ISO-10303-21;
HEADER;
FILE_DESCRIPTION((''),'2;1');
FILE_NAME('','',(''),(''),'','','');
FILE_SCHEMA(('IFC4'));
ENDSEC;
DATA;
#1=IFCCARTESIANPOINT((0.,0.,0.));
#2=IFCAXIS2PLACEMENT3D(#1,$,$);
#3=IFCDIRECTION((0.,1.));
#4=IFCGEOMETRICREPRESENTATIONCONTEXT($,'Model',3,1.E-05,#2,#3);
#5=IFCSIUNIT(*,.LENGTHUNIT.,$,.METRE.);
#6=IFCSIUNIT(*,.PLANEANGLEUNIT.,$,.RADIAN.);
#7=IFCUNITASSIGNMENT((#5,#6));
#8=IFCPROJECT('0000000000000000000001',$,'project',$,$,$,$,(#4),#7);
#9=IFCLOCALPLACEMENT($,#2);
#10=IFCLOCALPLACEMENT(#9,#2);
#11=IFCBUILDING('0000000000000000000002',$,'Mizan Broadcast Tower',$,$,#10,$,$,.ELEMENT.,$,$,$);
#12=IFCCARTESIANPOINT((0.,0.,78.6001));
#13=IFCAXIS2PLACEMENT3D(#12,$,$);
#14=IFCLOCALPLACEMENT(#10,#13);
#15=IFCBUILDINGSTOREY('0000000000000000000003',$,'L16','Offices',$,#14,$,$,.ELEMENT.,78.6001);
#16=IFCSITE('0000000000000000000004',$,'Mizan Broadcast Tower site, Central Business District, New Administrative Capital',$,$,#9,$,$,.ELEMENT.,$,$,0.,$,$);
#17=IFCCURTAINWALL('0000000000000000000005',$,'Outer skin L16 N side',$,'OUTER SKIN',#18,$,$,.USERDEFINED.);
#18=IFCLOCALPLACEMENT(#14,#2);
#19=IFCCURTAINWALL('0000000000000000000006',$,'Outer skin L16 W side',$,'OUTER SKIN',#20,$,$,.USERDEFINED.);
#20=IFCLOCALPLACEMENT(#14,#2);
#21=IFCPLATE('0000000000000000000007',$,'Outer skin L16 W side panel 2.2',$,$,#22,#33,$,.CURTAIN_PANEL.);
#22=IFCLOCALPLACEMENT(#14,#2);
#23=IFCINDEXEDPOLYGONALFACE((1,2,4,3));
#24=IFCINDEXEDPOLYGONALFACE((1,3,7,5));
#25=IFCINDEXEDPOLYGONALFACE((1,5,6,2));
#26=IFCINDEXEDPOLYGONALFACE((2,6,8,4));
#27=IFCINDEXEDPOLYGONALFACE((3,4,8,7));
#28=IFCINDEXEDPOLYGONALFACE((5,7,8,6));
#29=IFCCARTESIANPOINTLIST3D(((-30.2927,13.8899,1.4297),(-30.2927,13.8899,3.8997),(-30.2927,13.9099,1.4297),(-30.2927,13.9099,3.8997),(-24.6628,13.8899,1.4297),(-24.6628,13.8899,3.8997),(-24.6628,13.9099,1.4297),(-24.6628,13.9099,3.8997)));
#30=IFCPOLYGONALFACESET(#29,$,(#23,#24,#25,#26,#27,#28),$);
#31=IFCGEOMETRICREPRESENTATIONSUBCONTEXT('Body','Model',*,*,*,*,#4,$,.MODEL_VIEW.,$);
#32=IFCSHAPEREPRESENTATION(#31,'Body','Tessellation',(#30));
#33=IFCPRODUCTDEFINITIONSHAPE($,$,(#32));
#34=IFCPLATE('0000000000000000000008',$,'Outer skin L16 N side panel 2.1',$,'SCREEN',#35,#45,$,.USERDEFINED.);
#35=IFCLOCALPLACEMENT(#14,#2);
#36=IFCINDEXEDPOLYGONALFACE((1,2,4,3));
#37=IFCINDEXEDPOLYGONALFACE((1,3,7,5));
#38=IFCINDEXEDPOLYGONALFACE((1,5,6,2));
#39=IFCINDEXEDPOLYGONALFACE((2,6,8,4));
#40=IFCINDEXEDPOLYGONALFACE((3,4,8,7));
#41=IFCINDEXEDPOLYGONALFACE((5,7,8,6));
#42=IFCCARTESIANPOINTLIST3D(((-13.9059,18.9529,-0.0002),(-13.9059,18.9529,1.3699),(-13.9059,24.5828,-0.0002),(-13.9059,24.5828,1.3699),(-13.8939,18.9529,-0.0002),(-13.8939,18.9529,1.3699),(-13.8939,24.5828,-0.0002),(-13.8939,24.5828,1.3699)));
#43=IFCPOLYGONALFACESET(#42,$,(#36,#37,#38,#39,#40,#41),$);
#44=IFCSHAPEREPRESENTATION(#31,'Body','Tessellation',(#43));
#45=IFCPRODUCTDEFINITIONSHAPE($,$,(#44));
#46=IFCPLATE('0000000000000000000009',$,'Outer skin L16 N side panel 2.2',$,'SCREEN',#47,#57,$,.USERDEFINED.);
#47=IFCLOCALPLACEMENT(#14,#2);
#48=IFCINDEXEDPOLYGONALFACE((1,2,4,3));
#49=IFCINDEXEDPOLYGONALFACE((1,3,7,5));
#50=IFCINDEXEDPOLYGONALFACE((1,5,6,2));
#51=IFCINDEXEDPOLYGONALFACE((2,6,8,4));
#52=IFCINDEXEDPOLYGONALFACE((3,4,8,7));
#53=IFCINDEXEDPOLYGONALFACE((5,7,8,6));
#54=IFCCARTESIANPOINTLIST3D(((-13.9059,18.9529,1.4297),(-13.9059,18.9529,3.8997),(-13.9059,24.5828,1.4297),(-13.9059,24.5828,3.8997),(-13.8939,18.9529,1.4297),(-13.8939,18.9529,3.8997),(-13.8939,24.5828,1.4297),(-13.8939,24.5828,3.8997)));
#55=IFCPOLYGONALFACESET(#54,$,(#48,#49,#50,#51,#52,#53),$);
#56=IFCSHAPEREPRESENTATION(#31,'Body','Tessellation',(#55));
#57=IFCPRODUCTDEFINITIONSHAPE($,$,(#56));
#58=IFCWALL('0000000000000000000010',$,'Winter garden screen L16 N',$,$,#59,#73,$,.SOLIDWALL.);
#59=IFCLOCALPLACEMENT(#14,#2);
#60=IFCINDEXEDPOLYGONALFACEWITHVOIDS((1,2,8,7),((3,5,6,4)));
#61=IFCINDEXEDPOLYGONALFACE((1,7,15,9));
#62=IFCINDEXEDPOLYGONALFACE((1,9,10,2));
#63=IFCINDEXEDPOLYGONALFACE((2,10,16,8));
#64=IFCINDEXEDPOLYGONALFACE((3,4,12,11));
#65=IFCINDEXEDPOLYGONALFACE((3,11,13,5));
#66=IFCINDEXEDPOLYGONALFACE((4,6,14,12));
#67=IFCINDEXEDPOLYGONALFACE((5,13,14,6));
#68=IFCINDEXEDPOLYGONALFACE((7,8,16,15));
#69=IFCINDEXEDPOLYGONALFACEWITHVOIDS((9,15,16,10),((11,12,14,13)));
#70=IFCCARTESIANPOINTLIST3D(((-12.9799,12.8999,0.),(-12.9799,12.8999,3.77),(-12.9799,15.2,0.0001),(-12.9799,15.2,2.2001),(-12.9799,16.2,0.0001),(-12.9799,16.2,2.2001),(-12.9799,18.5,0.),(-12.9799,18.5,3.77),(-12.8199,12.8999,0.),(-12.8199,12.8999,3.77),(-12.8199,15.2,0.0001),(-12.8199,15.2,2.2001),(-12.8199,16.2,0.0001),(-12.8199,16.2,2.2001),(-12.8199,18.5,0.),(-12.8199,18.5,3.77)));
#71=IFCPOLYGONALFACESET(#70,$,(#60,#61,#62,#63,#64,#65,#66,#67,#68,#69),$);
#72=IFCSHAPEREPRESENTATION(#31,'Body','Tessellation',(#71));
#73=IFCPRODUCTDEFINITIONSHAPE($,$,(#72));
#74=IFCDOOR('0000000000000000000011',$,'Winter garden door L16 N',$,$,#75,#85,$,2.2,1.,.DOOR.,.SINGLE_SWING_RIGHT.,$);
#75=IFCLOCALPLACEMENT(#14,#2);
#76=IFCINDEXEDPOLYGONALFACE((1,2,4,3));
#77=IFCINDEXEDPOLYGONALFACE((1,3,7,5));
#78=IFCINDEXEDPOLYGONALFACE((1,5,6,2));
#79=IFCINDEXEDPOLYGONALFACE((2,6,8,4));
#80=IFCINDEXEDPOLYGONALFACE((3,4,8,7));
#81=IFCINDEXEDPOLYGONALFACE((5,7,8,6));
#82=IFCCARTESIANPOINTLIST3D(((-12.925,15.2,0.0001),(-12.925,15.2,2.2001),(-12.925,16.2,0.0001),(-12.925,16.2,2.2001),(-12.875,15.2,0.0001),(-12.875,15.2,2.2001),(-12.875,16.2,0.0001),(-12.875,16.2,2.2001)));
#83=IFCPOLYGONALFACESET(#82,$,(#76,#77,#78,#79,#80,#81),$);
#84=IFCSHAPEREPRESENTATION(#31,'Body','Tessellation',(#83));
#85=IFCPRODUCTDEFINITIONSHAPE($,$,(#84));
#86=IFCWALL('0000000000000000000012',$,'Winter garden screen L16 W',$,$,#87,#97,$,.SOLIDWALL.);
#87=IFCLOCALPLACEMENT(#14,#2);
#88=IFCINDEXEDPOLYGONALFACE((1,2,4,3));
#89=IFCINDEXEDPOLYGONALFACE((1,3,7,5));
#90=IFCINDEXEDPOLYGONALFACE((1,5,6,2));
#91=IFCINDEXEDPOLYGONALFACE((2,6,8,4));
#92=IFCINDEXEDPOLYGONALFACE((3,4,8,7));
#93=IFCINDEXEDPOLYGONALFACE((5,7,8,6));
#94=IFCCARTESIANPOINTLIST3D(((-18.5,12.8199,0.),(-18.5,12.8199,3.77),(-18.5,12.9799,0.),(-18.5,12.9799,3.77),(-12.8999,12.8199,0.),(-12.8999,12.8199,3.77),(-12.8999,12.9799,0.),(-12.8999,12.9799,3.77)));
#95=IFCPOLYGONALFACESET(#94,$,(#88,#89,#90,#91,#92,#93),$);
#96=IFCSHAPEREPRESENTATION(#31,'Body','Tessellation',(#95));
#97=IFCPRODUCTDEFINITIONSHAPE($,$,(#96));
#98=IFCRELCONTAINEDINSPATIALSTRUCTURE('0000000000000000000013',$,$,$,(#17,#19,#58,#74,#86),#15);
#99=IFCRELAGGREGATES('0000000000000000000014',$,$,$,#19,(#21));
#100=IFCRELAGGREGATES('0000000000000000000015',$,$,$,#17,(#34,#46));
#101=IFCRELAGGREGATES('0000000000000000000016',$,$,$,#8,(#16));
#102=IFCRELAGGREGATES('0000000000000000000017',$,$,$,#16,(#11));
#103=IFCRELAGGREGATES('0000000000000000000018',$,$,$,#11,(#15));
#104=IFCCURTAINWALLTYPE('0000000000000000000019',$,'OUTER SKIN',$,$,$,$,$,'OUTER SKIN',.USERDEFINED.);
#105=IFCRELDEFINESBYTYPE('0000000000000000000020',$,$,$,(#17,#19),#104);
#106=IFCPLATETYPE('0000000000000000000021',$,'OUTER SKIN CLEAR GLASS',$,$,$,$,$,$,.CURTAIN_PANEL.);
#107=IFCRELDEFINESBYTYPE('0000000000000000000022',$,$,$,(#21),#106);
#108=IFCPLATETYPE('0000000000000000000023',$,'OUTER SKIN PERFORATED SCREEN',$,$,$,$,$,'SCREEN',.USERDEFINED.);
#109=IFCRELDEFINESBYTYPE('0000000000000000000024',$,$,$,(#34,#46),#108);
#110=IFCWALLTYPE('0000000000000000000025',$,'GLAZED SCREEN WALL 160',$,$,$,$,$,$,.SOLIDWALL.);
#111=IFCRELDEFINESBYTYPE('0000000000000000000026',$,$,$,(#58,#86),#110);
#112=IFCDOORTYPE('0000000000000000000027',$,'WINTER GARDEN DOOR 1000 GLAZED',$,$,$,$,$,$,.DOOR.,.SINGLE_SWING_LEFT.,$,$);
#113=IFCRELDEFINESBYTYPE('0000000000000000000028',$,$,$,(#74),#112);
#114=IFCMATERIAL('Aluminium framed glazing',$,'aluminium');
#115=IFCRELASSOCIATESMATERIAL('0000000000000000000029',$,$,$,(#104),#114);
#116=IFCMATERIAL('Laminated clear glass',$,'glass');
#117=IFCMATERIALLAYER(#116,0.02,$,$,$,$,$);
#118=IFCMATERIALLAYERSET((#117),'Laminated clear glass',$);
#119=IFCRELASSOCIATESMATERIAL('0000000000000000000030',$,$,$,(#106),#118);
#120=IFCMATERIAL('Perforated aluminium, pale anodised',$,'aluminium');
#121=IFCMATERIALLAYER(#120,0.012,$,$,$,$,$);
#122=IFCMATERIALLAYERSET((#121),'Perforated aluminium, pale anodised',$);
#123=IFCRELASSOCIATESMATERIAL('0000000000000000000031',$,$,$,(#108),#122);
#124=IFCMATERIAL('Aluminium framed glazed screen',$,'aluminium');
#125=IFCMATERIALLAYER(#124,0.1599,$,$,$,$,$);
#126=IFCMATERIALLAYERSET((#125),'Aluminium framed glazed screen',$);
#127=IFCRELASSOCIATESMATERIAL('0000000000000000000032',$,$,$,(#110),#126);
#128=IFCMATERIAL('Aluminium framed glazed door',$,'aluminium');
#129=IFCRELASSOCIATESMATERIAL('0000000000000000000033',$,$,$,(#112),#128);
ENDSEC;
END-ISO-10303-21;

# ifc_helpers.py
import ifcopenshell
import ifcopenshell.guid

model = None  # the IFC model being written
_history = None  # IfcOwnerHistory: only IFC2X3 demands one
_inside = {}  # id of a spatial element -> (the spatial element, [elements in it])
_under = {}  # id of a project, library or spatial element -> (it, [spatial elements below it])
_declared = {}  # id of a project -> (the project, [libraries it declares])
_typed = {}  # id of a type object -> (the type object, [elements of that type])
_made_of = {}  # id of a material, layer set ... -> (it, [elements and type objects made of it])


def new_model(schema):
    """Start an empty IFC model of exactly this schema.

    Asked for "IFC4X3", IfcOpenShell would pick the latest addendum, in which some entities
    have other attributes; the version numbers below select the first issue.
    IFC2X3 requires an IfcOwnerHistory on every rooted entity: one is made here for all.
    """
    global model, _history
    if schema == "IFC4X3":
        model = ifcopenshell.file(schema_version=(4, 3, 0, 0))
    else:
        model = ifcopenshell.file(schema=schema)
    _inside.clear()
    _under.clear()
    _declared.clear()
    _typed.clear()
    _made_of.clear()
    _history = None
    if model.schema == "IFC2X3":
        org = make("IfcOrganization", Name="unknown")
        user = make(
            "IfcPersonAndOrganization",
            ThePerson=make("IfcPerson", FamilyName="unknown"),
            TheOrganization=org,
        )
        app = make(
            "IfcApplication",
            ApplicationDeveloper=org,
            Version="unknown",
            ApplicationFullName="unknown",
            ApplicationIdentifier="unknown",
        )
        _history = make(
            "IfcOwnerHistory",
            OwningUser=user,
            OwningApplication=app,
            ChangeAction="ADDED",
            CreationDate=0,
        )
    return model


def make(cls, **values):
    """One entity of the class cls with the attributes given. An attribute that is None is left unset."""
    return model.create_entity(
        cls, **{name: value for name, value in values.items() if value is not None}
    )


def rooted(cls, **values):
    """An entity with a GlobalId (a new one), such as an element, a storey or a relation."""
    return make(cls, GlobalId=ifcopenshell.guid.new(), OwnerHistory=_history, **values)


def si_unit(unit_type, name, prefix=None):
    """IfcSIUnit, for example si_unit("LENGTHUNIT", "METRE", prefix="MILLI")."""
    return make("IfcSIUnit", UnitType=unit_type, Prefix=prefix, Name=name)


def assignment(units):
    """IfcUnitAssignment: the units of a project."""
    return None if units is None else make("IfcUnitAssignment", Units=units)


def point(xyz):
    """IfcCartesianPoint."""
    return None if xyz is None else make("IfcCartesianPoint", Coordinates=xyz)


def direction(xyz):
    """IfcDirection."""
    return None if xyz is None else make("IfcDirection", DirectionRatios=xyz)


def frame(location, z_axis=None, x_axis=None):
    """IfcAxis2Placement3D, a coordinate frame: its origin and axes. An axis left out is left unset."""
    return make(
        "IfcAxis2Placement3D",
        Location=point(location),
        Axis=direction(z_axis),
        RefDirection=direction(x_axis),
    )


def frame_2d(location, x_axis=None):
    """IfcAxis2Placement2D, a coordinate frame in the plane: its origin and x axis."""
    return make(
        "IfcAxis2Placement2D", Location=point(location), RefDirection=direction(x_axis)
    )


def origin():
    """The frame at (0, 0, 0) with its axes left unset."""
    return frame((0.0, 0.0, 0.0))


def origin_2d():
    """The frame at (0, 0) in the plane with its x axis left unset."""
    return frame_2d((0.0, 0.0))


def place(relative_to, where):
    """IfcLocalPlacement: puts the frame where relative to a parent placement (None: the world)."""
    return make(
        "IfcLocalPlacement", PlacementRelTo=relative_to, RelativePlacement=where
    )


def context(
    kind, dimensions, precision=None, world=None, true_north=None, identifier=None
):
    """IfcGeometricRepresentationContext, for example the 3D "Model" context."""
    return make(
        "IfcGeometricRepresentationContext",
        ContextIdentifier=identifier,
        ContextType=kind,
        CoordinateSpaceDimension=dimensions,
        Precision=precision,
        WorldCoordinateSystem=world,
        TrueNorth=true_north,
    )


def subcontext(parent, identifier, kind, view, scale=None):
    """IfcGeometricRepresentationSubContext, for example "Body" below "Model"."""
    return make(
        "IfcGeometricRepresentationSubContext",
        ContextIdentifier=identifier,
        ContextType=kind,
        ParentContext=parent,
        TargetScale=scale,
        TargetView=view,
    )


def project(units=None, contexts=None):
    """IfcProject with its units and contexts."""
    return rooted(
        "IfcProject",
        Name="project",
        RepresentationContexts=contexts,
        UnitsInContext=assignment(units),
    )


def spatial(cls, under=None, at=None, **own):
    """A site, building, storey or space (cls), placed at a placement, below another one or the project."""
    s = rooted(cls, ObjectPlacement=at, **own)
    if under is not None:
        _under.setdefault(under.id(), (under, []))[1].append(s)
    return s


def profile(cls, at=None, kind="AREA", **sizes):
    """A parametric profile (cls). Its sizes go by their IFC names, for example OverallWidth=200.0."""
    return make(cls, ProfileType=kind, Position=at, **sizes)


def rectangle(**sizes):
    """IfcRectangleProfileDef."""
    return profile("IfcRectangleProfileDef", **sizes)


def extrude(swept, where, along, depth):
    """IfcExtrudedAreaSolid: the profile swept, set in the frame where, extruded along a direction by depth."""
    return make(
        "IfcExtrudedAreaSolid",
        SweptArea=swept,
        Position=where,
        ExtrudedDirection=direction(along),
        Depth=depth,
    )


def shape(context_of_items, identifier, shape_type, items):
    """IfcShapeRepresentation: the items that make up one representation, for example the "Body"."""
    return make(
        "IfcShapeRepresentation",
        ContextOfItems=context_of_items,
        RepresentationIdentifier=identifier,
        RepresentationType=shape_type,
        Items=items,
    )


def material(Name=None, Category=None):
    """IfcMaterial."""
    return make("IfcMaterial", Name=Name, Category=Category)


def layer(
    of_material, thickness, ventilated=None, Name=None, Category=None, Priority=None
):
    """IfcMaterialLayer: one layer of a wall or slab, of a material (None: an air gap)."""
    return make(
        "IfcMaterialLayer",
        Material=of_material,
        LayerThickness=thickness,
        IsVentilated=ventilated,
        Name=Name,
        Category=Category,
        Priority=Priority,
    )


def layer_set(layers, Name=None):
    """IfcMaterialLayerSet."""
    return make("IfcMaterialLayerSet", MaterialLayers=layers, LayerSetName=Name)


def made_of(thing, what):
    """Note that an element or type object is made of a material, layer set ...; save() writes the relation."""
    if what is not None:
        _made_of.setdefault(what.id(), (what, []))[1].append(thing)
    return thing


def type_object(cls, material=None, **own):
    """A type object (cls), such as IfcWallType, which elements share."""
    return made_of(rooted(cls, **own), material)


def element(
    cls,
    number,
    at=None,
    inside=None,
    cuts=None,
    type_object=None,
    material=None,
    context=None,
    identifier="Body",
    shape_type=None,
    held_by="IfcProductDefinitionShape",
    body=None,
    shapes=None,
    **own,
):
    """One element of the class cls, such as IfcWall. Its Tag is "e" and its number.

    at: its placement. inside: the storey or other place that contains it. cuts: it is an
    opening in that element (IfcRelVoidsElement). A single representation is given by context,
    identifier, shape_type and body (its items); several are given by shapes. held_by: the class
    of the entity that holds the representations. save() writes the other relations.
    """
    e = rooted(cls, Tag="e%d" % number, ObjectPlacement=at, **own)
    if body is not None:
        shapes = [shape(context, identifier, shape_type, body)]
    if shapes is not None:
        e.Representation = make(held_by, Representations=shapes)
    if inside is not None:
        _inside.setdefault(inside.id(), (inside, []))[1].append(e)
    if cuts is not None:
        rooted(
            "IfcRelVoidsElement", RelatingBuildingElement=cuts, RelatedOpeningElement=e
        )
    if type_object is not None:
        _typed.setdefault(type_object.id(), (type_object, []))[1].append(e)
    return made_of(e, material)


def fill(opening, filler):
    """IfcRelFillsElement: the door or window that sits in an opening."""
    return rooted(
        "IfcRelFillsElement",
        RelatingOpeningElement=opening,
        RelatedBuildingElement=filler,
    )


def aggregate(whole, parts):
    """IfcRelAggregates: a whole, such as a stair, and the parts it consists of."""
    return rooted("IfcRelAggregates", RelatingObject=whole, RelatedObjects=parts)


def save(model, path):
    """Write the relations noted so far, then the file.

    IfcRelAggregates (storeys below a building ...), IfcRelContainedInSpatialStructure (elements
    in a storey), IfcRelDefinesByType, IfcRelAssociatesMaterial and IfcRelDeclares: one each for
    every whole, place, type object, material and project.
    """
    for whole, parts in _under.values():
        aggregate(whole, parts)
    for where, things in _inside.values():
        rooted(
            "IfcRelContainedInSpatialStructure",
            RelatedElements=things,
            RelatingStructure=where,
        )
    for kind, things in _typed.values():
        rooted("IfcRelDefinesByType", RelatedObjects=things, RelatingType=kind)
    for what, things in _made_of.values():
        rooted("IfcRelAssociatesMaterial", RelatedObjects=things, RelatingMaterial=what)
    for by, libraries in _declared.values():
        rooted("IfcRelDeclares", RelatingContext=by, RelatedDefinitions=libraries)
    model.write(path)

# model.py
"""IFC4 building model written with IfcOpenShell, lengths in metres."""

from ifc_helpers import new_model, si_unit, direction, frame, frame_2d, origin, origin_2d, place, context, subcontext, project, spatial, rectangle, extrude, material, layer, layer_set, type_object, element, fill, aggregate, save


model = new_model("IFC4")

# Units and contexts
model_context = context("Model", 3, precision=1e-05, world=origin(), true_north=direction((0.0, 1.0)))
body_context = subcontext(model_context, "Body", "Model", "MODEL_VIEW")
ifc_project = project(units=[si_unit("LENGTHUNIT", "METRE"), si_unit("PLANEANGLEUNIT", "RADIAN")], contexts=[model_context])

# Site, building, storey
site_placement = place(None, origin())
site = spatial("IfcSite", under=ifc_project, at=site_placement, Name="Mizan Broadcast Tower site, Central Business District, New Administrative Capital", CompositionType="ELEMENT", RefElevation=0.0)
building_placement = place(site_placement, origin())
building = spatial("IfcBuilding", under=site, at=building_placement, Name="Mizan Broadcast Tower", CompositionType="ELEMENT")
storey_placement = place(building_placement, frame((0.0, 0.0, 78.6001)))
storey = spatial("IfcBuildingStorey", under=building, at=storey_placement, Name="L16", Description="Offices", CompositionType="ELEMENT", Elevation=78.6001)

# Shared definitions
ifc_material_1 = material(Name="Aluminium framed glazing", Category="aluminium")
curtain_wall_type_1 = type_object("IfcCurtainWallType", Name="OUTER SKIN", ElementType="OUTER SKIN", PredefinedType="USERDEFINED", material=ifc_material_1)

# Curtain wall
curtain_wall_1_placement = place(storey_placement, origin())
curtain_wall_1 = element("IfcCurtainWall", 1, at=curtain_wall_1_placement, inside=storey, type_object=curtain_wall_type_1, Name="Outer skin L16 N side", ObjectType="OUTER SKIN", PredefinedType="USERDEFINED")

# Curtain wall
curtain_wall_2_placement = place(storey_placement, origin())
curtain_wall_2 = element("IfcCurtainWall", 2, at=curtain_wall_2_placement, inside=storey, type_object=curtain_wall_type_1, Name="Outer skin L16 W side", ObjectType="OUTER SKIN", PredefinedType="USERDEFINED")

# Plates
ifc_material_2 = material(Name="Laminated clear glass", Category="glass")
ifc_layer_1 = layer(ifc_material_2, 0.02)
ifc_layer_set_1 = layer_set([ifc_layer_1], Name="Laminated clear glass")
plate_type_1 = type_object("IfcPlateType", Name="OUTER SKIN CLEAR GLASS", PredefinedType="CURTAIN_PANEL", material=ifc_layer_set_1)
plate_1_placement = place(storey_placement, frame((-27.4778, 13.8999, 1.4297), z_axis=(0.0, 0.0, 1.0), x_axis=(-1.0, 0.0, 0.0)))
plate_1 = element("IfcPlate", 3, at=plate_1_placement, type_object=plate_type_1, Name="Outer skin L16 W side panel 2.2", PredefinedType="CURTAIN_PANEL", context=body_context, shape_type="SweptSolid", body=[
    extrude(rectangle(XDim=5.6299, YDim=0.02, at=origin_2d()), origin(), (0.0, 0.0, 1.0), 2.47),
])
aggregate(curtain_wall_2, [plate_1])
ifc_material_3 = material(Name="Perforated aluminium, pale anodised", Category="aluminium")
ifc_layer_2 = layer(ifc_material_3, 0.012)
ifc_layer_set_2 = layer_set([ifc_layer_2], Name="Perforated aluminium, pale anodised")
plate_type_2 = type_object("IfcPlateType", Name="OUTER SKIN PERFORATED SCREEN", ElementType="SCREEN", PredefinedType="USERDEFINED", material=ifc_layer_set_2)
plate_2_placement = place(storey_placement, frame((-13.8999, 21.7678, -0.0002), z_axis=(0.0, 0.0, 1.0), x_axis=(0.0, -1.0, 0.0)))
plate_2 = element("IfcPlate", 4, at=plate_2_placement, type_object=plate_type_2, Name="Outer skin L16 N side panel 2.1", ObjectType="SCREEN", PredefinedType="USERDEFINED", context=body_context, shape_type="SweptSolid", body=[
    extrude(rectangle(XDim=5.6299, YDim=0.012, at=origin_2d()), origin(), (0.0, 0.0, 1.0), 1.3701),
])
plate_3_placement = place(storey_placement, frame((-13.8999, 21.7678, 1.4297), z_axis=(0.0, 0.0, 1.0), x_axis=(0.0, -1.0, 0.0)))
plate_3 = element("IfcPlate", 5, at=plate_3_placement, type_object=plate_type_2, Name="Outer skin L16 N side panel 2.2", ObjectType="SCREEN", PredefinedType="USERDEFINED", context=body_context, shape_type="SweptSolid", body=[
    extrude(rectangle(XDim=5.6299, YDim=0.012, at=origin_2d()), origin(), (0.0, 0.0, 1.0), 2.47),
])
aggregate(curtain_wall_1, [plate_2, plate_3])

# Wall, opening, door
ifc_material_4 = material(Name="Aluminium framed glazed screen", Category="aluminium")
ifc_layer_3 = layer(ifc_material_4, 0.1599)
ifc_layer_set_3 = layer_set([ifc_layer_3], Name="Aluminium framed glazed screen")
wall_type = type_object("IfcWallType", Name="GLAZED SCREEN WALL 160", PredefinedType="SOLIDWALL", material=ifc_layer_set_3)
wall_1_placement = place(storey_placement, frame((-12.8999, 18.5, 0.0), z_axis=(0.0, 0.0, 1.0), x_axis=(0.0, -1.0, 0.0)))
wall_1 = element("IfcWall", 6, at=wall_1_placement, inside=storey, type_object=wall_type, Name="Winter garden screen L16 N", PredefinedType="SOLIDWALL", context=body_context, shape_type="SweptSolid", body=[
    extrude(rectangle(XDim=5.6001, YDim=0.1599, at=frame_2d((2.8, 0.0))), origin(), (0.0, 0.0, 1.0), 3.77),
])
opening_placement = place(wall_1_placement, frame((2.3, 0.0, 0.0)))
opening = element("IfcOpeningElement", 7, at=opening_placement, cuts=wall_1, PredefinedType="OPENING", context=body_context, shape_type="SweptSolid", body=[
    extrude(rectangle(XDim=1.0, YDim=2.2, at=frame_2d((0.5, 1.1001))), frame((0.0, 0.0898, 0.0), z_axis=(0.0, -1.0, 0.0), x_axis=(1.0, 0.0, 0.0)), (0.0, 0.0, 1.0), 0.1799),
])
ifc_material_5 = material(Name="Aluminium framed glazed door", Category="aluminium")
door_type = type_object("IfcDoorType", Name="WINTER GARDEN DOOR 1000 GLAZED", OperationType="SINGLE_SWING_LEFT", PredefinedType="DOOR", material=ifc_material_5)
door_placement = place(opening_placement, origin())
door = element("IfcDoor", 8, at=door_placement, inside=storey, type_object=door_type, Name="Winter garden door L16 N", OperationType="SINGLE_SWING_RIGHT", OverallHeight=2.2, OverallWidth=1.0, PredefinedType="DOOR", context=body_context, shape_type="SweptSolid", body=[
    extrude(rectangle(XDim=1.0, YDim=2.2, at=frame_2d((0.5, 1.1001))), frame((0.0, 0.0249, 0.0), z_axis=(0.0, -1.0, 0.0), x_axis=(1.0, 0.0, 0.0)), (0.0, 0.0, 1.0), 0.05),
])
fill(opening, door)

# Wall
wall_2_placement = place(storey_placement, frame((-12.8999, 12.8999, 0.0), z_axis=(0.0, 0.0, 1.0), x_axis=(-1.0, 0.0, 0.0)))
element("IfcWall", 9, at=wall_2_placement, inside=storey, type_object=wall_type, Name="Winter garden screen L16 W", PredefinedType="SOLIDWALL", context=body_context, shape_type="SweptSolid", body=[
    extrude(rectangle(XDim=5.6001, YDim=0.1599, at=frame_2d((2.8, 0.0))), origin(), (0.0, 0.0, 1.0), 3.77),
])

save(model, "model.ifc")
